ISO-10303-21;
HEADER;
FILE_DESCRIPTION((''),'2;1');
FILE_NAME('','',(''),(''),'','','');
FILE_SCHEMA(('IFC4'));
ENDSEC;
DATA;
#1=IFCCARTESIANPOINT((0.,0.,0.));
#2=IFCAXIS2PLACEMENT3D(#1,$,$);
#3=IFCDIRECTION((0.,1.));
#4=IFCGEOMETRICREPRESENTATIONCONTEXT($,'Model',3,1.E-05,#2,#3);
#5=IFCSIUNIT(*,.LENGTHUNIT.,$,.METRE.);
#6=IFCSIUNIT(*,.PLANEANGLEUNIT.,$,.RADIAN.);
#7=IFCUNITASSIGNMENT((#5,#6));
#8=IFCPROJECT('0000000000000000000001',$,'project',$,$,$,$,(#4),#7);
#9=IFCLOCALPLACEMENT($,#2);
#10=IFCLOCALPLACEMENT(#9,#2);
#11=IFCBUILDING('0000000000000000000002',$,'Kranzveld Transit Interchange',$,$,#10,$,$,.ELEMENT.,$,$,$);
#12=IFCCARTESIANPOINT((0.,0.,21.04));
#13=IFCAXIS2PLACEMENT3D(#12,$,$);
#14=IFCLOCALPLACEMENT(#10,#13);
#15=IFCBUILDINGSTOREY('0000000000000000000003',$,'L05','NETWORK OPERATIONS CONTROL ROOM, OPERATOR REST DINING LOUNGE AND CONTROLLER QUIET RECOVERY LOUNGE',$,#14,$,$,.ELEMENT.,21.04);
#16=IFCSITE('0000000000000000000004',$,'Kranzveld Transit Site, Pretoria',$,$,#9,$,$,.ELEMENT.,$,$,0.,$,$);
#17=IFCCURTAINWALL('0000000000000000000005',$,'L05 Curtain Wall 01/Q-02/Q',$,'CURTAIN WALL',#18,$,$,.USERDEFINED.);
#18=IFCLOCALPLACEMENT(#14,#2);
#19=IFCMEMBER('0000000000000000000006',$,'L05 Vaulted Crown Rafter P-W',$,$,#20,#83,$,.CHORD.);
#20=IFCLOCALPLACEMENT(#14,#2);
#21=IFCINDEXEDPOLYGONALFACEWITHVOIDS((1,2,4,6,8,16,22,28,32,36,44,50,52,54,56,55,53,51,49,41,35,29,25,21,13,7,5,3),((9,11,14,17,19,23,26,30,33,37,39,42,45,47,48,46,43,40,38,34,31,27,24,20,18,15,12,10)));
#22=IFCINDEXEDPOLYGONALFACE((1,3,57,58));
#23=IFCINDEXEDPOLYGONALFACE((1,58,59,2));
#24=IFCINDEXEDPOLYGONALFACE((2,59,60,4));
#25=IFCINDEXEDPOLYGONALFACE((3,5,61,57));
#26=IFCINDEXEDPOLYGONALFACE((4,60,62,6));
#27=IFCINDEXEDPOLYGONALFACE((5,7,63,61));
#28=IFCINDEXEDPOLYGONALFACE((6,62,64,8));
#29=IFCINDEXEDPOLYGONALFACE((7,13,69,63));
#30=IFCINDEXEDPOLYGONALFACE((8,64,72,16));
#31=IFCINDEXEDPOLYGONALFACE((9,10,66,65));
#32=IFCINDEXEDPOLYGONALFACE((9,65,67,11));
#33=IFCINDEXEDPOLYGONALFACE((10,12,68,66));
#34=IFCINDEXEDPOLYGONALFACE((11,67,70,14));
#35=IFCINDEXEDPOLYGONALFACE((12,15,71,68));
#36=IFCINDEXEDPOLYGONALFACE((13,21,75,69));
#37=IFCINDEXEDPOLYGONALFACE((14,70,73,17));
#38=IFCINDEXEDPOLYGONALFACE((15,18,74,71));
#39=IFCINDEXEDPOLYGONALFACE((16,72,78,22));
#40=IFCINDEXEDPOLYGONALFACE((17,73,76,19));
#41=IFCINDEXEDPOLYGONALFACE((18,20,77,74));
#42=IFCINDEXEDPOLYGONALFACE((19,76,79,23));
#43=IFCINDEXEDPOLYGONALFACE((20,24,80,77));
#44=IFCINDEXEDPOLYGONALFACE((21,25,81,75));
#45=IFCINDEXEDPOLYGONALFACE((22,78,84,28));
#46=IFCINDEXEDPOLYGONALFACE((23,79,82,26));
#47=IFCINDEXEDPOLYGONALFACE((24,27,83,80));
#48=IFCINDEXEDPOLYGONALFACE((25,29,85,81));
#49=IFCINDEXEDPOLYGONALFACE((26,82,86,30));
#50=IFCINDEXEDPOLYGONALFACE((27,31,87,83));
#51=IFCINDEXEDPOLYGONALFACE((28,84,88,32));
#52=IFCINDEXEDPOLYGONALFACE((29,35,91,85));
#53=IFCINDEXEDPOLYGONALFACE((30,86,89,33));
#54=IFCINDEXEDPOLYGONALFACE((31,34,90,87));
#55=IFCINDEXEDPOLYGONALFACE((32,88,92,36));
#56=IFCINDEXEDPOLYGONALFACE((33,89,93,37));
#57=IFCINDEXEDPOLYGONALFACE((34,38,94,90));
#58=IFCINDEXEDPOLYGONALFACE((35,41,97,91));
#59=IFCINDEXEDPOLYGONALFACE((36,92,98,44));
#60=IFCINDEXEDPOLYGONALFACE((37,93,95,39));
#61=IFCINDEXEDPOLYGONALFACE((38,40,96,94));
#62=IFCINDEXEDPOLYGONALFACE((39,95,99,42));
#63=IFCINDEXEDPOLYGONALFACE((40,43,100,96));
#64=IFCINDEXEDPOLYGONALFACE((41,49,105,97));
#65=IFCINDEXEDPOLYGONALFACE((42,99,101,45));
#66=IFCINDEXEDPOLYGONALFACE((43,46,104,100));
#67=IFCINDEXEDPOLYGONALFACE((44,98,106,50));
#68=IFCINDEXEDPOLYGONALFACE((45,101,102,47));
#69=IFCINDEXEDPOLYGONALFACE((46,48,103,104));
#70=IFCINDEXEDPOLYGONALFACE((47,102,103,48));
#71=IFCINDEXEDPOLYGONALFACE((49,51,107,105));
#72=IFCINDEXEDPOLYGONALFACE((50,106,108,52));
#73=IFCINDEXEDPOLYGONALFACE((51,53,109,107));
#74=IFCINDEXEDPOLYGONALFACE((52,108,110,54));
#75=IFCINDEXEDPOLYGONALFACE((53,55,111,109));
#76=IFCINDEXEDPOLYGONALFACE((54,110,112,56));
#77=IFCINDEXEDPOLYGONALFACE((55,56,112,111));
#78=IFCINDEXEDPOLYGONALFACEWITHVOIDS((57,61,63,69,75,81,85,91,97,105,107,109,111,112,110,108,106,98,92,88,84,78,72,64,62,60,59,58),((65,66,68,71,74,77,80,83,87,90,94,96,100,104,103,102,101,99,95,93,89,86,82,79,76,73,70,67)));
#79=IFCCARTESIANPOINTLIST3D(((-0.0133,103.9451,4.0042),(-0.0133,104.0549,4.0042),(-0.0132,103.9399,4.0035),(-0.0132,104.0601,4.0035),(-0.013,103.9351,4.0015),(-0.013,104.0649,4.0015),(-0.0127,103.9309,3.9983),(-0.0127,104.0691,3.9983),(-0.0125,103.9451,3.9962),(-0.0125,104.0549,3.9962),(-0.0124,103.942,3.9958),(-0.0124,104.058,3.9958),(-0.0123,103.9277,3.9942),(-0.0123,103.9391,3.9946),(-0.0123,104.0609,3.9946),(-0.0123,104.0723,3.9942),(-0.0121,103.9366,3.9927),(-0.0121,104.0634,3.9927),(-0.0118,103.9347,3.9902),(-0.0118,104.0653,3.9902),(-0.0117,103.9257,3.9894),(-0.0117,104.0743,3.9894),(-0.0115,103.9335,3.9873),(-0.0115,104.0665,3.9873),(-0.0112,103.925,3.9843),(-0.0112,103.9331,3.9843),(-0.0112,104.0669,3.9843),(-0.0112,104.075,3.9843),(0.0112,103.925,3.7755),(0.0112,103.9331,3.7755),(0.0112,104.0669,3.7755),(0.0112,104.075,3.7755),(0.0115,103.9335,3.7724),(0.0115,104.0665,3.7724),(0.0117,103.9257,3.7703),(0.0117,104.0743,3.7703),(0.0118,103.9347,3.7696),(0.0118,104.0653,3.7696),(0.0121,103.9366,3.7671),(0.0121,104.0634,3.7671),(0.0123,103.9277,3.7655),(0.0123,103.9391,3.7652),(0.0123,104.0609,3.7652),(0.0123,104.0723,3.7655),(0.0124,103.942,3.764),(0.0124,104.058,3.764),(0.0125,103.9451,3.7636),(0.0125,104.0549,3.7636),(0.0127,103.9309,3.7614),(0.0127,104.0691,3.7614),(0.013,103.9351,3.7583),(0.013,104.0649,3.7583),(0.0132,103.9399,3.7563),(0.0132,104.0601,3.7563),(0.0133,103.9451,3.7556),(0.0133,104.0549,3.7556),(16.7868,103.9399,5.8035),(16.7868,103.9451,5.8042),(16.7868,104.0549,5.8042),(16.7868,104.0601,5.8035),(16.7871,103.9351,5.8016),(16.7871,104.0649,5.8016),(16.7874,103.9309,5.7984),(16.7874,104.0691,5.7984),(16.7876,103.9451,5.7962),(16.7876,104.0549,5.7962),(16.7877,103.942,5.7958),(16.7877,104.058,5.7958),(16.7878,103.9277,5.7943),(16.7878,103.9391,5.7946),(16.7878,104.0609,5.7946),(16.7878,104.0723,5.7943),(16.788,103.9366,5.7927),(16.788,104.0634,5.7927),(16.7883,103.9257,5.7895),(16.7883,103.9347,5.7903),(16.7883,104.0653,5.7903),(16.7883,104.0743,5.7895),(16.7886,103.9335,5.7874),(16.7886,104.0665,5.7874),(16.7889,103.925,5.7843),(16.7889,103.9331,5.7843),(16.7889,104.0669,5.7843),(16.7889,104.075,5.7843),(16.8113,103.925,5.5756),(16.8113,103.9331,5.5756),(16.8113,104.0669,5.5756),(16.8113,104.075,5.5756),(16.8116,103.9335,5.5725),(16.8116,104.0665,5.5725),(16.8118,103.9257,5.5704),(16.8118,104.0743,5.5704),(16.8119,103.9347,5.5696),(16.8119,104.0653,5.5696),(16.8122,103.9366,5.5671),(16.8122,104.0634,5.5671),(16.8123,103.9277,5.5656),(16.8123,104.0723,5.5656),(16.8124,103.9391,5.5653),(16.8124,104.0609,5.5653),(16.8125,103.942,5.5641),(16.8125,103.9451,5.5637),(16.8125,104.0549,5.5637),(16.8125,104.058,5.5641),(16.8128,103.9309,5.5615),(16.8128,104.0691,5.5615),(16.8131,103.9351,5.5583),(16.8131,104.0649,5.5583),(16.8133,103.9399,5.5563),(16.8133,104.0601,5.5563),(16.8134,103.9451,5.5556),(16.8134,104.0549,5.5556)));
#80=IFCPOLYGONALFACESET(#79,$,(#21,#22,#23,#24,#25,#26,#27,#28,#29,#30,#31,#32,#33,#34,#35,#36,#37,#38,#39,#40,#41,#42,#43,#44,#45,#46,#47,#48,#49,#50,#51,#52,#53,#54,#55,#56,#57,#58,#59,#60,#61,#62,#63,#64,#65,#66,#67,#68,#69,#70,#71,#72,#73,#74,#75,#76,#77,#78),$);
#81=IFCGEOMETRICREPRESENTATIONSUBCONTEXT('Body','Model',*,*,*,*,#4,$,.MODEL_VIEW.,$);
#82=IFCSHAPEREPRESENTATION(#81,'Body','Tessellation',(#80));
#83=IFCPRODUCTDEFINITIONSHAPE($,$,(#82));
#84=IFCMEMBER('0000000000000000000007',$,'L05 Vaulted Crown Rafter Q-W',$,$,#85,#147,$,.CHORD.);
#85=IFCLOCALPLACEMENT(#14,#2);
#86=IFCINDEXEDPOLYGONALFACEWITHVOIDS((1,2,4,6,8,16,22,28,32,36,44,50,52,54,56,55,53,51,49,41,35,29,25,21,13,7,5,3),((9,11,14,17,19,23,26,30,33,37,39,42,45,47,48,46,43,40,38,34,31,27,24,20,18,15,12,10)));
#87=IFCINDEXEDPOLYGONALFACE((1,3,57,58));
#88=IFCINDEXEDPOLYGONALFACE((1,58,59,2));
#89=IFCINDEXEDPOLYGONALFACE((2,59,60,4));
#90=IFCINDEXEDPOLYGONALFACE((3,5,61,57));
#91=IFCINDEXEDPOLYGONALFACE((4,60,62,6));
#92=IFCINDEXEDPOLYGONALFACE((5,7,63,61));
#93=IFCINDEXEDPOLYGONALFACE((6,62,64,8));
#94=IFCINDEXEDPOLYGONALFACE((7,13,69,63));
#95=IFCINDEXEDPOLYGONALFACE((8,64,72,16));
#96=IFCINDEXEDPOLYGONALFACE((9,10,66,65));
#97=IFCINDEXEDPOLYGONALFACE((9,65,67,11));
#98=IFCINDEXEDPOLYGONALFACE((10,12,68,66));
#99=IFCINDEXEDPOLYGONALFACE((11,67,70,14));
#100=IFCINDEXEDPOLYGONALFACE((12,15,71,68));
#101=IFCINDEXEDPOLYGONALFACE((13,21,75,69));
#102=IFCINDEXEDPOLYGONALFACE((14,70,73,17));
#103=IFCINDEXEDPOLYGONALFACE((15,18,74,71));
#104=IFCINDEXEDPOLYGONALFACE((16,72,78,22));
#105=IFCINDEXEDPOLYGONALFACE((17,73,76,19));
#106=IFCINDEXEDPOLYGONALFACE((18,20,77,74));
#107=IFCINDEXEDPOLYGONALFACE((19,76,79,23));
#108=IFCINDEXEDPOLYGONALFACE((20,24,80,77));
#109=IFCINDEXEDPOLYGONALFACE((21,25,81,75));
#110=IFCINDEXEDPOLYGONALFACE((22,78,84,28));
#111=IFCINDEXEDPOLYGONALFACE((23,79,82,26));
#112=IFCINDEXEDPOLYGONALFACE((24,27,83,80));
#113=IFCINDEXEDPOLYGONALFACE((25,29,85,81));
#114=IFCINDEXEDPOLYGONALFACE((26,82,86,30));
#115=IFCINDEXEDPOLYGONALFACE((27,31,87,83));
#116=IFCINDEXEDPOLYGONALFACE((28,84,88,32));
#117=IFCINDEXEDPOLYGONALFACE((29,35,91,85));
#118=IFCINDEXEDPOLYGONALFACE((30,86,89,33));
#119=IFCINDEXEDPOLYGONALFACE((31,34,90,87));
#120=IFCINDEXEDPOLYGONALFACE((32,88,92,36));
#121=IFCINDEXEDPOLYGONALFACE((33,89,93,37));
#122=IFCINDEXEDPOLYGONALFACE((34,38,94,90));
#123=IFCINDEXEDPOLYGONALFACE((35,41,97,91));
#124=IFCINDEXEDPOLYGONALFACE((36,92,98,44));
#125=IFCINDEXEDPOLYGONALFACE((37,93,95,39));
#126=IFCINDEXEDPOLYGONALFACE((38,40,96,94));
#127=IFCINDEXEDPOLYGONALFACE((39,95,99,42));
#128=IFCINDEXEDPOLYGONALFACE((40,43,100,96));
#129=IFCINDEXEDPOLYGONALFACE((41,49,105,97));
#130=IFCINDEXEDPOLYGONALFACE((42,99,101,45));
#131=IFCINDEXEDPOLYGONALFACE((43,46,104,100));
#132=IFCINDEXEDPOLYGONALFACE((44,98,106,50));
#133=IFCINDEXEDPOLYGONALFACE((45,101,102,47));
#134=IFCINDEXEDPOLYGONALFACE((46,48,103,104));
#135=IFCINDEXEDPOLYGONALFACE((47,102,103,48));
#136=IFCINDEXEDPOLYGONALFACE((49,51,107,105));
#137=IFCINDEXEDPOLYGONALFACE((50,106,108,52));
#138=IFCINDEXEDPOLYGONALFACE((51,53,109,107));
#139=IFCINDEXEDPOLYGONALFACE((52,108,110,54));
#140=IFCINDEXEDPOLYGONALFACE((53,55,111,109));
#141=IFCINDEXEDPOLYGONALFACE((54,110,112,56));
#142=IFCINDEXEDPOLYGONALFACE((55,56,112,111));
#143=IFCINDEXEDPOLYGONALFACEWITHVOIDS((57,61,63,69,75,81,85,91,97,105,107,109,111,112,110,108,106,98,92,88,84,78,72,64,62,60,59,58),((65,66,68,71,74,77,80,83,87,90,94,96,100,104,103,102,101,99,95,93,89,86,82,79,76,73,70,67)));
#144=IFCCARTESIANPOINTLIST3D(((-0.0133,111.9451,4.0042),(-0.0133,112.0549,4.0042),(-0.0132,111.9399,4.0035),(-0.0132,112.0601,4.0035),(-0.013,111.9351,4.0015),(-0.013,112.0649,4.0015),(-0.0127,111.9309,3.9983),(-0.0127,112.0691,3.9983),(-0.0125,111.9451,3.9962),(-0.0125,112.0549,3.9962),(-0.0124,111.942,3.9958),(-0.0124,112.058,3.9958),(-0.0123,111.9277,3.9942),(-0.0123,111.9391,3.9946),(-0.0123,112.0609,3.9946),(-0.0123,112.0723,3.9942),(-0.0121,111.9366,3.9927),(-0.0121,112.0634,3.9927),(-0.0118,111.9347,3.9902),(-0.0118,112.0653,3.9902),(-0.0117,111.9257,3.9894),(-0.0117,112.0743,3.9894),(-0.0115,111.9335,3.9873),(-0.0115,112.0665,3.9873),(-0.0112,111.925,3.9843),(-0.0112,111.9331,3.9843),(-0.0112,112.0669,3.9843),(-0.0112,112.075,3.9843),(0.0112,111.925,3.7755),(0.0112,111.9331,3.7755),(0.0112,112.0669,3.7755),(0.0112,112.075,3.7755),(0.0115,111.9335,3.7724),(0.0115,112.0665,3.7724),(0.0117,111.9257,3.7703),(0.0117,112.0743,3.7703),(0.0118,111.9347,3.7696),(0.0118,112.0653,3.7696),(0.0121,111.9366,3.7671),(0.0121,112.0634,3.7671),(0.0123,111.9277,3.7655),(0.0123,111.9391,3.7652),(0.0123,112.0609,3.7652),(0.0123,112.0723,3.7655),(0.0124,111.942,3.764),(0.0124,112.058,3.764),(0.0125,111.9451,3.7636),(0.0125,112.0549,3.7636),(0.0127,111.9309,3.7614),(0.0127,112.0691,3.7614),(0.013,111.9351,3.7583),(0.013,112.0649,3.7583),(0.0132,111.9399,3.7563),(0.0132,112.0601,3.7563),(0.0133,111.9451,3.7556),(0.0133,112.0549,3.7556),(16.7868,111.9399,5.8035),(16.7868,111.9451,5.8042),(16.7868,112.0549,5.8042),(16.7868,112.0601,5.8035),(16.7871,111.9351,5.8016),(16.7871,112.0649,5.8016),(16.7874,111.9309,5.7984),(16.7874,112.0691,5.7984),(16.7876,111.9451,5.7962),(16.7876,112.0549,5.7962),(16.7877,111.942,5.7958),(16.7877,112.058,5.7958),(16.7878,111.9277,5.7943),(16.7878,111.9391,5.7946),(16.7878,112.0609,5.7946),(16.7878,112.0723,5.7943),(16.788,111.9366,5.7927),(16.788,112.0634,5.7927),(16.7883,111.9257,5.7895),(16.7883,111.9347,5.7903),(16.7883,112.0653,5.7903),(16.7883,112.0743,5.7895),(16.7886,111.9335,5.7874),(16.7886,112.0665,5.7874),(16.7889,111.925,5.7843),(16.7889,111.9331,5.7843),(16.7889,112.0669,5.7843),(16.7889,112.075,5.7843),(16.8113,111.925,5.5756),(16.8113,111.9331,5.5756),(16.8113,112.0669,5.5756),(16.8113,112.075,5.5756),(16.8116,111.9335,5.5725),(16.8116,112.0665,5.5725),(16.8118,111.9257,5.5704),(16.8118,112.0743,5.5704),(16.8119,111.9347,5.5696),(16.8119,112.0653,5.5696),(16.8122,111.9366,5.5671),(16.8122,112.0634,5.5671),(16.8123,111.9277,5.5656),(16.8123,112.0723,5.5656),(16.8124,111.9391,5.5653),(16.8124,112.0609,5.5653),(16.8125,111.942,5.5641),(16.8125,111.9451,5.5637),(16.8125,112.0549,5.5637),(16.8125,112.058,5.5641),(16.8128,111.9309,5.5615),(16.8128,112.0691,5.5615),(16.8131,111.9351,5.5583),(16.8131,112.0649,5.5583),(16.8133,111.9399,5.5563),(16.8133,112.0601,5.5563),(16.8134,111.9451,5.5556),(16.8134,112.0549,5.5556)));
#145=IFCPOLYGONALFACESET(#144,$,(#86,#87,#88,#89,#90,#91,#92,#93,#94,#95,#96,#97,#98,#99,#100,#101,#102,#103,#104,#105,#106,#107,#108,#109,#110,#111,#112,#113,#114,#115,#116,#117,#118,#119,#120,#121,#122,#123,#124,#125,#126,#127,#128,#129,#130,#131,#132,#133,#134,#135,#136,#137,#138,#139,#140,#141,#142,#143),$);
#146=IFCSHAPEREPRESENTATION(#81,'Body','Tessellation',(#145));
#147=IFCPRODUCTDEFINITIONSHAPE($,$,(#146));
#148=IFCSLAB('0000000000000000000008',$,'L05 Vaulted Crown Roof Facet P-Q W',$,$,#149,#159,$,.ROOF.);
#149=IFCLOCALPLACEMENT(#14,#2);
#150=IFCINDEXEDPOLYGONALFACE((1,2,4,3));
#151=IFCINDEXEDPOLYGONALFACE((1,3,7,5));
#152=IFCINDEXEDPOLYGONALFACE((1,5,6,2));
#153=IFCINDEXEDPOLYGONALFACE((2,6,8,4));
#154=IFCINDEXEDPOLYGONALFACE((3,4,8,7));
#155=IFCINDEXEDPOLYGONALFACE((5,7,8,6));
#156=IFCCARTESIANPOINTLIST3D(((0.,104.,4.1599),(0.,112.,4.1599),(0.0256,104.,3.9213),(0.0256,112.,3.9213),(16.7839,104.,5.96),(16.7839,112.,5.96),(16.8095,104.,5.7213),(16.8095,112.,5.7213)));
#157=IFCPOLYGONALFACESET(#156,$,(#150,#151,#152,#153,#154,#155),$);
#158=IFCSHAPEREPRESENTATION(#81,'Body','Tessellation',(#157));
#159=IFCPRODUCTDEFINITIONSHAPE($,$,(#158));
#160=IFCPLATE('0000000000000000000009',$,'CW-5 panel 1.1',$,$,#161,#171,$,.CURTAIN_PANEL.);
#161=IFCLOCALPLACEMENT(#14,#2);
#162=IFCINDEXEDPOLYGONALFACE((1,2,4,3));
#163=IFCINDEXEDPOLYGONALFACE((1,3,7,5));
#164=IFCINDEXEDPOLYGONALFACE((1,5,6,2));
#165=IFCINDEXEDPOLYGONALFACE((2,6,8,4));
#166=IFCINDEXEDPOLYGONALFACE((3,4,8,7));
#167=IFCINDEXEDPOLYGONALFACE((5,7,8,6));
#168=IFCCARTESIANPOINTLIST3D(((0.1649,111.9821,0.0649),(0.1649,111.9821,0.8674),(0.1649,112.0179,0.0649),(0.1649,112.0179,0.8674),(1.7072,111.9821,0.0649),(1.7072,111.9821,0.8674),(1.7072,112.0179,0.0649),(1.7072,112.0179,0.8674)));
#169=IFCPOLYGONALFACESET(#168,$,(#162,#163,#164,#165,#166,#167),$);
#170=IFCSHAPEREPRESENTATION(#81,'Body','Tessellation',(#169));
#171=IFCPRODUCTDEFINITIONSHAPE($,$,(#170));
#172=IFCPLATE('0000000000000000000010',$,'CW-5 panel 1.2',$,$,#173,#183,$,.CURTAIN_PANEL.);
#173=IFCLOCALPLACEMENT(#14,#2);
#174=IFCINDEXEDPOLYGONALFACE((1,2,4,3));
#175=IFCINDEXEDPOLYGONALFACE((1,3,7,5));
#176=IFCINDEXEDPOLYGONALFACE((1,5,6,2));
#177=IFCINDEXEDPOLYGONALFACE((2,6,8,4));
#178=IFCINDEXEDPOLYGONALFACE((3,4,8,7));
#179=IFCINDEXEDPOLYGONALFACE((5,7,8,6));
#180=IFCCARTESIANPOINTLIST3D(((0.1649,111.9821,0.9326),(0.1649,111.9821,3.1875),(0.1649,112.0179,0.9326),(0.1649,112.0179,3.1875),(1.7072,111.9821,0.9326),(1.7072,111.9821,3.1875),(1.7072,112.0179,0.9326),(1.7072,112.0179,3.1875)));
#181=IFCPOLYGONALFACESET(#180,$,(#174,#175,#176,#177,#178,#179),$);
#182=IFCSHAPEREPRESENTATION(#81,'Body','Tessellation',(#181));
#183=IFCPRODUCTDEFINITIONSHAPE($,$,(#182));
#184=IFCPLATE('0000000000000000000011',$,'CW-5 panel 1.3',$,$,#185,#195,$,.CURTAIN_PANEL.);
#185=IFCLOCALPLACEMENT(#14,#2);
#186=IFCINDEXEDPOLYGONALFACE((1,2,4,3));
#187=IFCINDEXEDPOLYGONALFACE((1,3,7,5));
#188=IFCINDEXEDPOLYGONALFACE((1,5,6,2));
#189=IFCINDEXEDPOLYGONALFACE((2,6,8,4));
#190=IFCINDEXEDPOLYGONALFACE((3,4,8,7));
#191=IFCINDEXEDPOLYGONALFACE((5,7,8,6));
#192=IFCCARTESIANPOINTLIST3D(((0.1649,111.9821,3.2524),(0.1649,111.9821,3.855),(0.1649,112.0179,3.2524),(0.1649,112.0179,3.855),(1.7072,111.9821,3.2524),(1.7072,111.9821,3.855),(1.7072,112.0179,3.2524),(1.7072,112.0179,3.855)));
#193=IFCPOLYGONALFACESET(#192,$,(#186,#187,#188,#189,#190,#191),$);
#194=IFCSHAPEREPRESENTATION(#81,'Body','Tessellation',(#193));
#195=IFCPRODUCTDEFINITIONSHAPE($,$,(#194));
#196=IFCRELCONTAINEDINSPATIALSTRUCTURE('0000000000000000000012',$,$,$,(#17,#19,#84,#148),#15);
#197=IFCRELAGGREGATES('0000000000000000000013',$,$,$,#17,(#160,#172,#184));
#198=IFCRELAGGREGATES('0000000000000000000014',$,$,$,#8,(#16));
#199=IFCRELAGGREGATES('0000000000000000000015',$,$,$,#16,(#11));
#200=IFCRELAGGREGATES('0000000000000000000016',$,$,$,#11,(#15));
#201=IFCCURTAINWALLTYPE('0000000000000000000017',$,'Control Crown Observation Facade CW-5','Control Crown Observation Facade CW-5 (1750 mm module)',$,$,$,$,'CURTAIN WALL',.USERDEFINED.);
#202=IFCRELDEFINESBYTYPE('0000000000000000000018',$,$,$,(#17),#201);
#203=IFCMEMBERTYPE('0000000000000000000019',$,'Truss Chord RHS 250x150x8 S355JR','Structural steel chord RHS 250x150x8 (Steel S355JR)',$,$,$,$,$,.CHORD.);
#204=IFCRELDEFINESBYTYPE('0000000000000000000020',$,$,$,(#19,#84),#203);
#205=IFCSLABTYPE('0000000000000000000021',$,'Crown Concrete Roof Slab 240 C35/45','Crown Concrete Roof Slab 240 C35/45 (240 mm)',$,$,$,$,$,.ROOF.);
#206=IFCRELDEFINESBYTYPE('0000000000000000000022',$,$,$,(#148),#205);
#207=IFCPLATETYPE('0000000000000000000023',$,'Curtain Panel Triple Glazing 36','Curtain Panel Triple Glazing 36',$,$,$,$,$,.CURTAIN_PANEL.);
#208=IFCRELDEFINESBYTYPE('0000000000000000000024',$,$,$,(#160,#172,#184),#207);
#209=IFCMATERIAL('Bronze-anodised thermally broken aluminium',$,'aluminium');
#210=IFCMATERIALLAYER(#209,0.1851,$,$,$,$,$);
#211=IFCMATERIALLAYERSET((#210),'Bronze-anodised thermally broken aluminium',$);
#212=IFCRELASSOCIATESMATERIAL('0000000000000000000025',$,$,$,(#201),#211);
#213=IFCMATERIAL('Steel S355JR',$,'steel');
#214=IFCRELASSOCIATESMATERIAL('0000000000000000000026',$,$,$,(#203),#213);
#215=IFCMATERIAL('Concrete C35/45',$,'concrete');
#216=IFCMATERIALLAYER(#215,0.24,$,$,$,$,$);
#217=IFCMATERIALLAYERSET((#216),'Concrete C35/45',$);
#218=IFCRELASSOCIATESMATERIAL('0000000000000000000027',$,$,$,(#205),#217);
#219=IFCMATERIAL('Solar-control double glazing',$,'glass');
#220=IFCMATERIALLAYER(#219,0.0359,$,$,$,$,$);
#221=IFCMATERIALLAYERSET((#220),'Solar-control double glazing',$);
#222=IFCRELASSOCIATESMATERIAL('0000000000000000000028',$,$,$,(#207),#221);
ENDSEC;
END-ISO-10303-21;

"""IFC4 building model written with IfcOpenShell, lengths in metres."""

from ifc_helpers import new_model, si_unit, direction, frame, origin, origin_2d, place, context, subcontext, project, spatial, polyline, rectangle, hollow_rectangle, outline, extrude, material, layer, layer_set, material_profile, profile_set, type_object, element, aggregate, save


model = new_model("IFC4")

# Units and contexts
model_context = context("Model", 3, precision=1e-05, world=origin(), true_north=direction((0.0, 1.0)))
body_context = subcontext(model_context, "Body", "Model", "MODEL_VIEW")
ifc_project = project(units=[si_unit("LENGTHUNIT", "METRE"), si_unit("PLANEANGLEUNIT", "RADIAN")], contexts=[model_context])

# Site, building, storey
site_placement = place(None, origin())
site = spatial("IfcSite", under=ifc_project, at=site_placement, Name="Kranzveld Transit Site, Pretoria", CompositionType="ELEMENT", RefElevation=0.0)
building_placement = place(site_placement, origin())
building = spatial("IfcBuilding", under=site, at=building_placement, Name="Kranzveld Transit Interchange", CompositionType="ELEMENT")
storey_placement = place(building_placement, frame((0.0, 0.0, 21.04)))
storey = spatial("IfcBuildingStorey", under=building, at=storey_placement, Name="L05", Description="NETWORK OPERATIONS CONTROL ROOM, OPERATOR REST DINING LOUNGE AND CONTROLLER QUIET RECOVERY LOUNGE", CompositionType="ELEMENT", Elevation=21.04)

# Curtain wall
ifc_material_1 = material(Name="Bronze-anodised thermally broken aluminium", Category="aluminium")
ifc_layer_1 = layer(ifc_material_1, 0.1851)
ifc_layer_set_1 = layer_set([ifc_layer_1], Name="Bronze-anodised thermally broken aluminium")
curtain_wall_type = type_object("IfcCurtainWallType", Name="Control Crown Observation Facade CW-5", Description="Control Crown Observation Facade CW-5 (1750 mm module)", ElementType="CURTAIN WALL", PredefinedType="USERDEFINED", material=ifc_layer_set_1)
curtain_wall_placement = place(storey_placement, origin())
curtain_wall = element("IfcCurtainWall", 1, at=curtain_wall_placement, inside=storey, type_object=curtain_wall_type, Name="L05 Curtain Wall 01/Q-02/Q", ObjectType="CURTAIN WALL", PredefinedType="USERDEFINED")

# Members
ifc_material_2 = material(Name="Steel S355JR", Category="steel")
ifc_material_profile_1 = material_profile(ifc_material_2, hollow_rectangle(XDim=0.1499, YDim=0.25, WallThickness=0.0081, InnerFilletRadius=0.012, OuterFilletRadius=0.02, at=origin_2d()), Name="RHS 250x150x8")
ifc_profile_set_1 = profile_set([ifc_material_profile_1], Name="Steel S355JR")
member_type_1 = type_object("IfcMemberType", Name="Truss Chord RHS 250x150x8 S355JR", Description="Structural steel chord RHS 250x150x8 (Steel S355JR)", PredefinedType="CHORD", material=ifc_profile_set_1)
for number, where, z_axis, x_axis, name in (
    (2, (0.0, 104.0, 3.8799), (0.994309, 0.0, 0.106536), (0.0, 1.0, 0.0), "L05 Vaulted Crown Rafter P-W"),
    (3, (0.0, 112.0, 3.8799), (0.994309, 0.0, 0.106536), (0.0, 1.0, 0.0), "L05 Vaulted Crown Rafter Q-W"),
):
    element("IfcMember", number, at=place(storey_placement, frame(where, z_axis=z_axis, x_axis=x_axis)), inside=storey, type_object=member_type_1, Name=name, PredefinedType="CHORD", context=body_context, shape_type="SweptSolid", body=[
        extrude(hollow_rectangle(XDim=0.1499, YDim=0.25, WallThickness=0.0081, InnerFilletRadius=0.012, OuterFilletRadius=0.02, at=origin_2d()), origin(), (0.0, 0.0, 1.0), 16.8962),
    ])

# Slab
ifc_material_3 = material(Name="Concrete C35/45", Category="concrete")
ifc_layer_2 = layer(ifc_material_3, 0.24)
ifc_layer_set_2 = layer_set([ifc_layer_2], Name="Concrete C35/45")
slab_type = type_object("IfcSlabType", Name="Crown Concrete Roof Slab 240 C35/45", Description="Crown Concrete Roof Slab 240 C35/45 (240 mm)", PredefinedType="ROOF", material=ifc_layer_set_2)
slab_placement = place(storey_placement, frame((0.0, 104.0, 4.1599), z_axis=(-0.106637, 0.0, 0.994298), x_axis=(0.994298, 0.0, 0.106637)))
element("IfcSlab", 4, at=slab_placement, inside=storey, type_object=slab_type, Name="L05 Vaulted Crown Roof Facet P-Q W", PredefinedType="ROOF", context=body_context, shape_type="SweptSolid", body=[
    extrude(outline(polyline([(0.0, 0.0), (16.8802, 0.0), (16.8802, 8.0), (0.0, 8.0), (0.0, 0.0)])), origin(), (0.0, 0.0, -1.0), 0.24),
])

# Plates
ifc_material_4 = material(Name="Solar-control double glazing", Category="glass")
ifc_layer_3 = layer(ifc_material_4, 0.0359)
ifc_layer_set_3 = layer_set([ifc_layer_3], Name="Solar-control double glazing")
plate_type = type_object("IfcPlateType", Name="Curtain Panel Triple Glazing 36", Description="Curtain Panel Triple Glazing 36", PredefinedType="CURTAIN_PANEL", material=ifc_layer_set_3)
plate_1_placement = place(storey_placement, frame((0.936, 112.0, 0.0649), z_axis=(0.0, 0.0, 1.0), x_axis=(1.0, 0.0, 0.0)))
plate_1 = element("IfcPlate", 5, at=plate_1_placement, type_object=plate_type, Name="CW-5 panel 1.1", PredefinedType="CURTAIN_PANEL", context=body_context, shape_type="SweptSolid", body=[
    extrude(rectangle(XDim=1.5422, YDim=0.0359, at=origin_2d()), origin(), (0.0, 0.0, 1.0), 0.8025),
])
plate_2_placement = place(storey_placement, frame((0.936, 112.0, 0.9326), z_axis=(0.0, 0.0, 1.0), x_axis=(1.0, 0.0, 0.0)))
plate_2 = element("IfcPlate", 6, at=plate_2_placement, type_object=plate_type, Name="CW-5 panel 1.2", PredefinedType="CURTAIN_PANEL", context=body_context, shape_type="SweptSolid", body=[
    extrude(rectangle(XDim=1.5422, YDim=0.0359, at=origin_2d()), origin(), (0.0, 0.0, 1.0), 2.2549),
])
plate_3_placement = place(storey_placement, frame((0.936, 112.0, 3.2524), z_axis=(0.0, 0.0, 1.0), x_axis=(1.0, 0.0, 0.0)))
plate_3 = element("IfcPlate", 7, at=plate_3_placement, type_object=plate_type, Name="CW-5 panel 1.3", PredefinedType="CURTAIN_PANEL", context=body_context, shape_type="SweptSolid", body=[
    extrude(rectangle(XDim=1.5422, YDim=0.0359, at=origin_2d()), origin(), (0.0, 0.0, 1.0), 0.6025),
])
aggregate(curtain_wall, [plate_1, plate_2, plate_3])

save(model, "model.ifc")
